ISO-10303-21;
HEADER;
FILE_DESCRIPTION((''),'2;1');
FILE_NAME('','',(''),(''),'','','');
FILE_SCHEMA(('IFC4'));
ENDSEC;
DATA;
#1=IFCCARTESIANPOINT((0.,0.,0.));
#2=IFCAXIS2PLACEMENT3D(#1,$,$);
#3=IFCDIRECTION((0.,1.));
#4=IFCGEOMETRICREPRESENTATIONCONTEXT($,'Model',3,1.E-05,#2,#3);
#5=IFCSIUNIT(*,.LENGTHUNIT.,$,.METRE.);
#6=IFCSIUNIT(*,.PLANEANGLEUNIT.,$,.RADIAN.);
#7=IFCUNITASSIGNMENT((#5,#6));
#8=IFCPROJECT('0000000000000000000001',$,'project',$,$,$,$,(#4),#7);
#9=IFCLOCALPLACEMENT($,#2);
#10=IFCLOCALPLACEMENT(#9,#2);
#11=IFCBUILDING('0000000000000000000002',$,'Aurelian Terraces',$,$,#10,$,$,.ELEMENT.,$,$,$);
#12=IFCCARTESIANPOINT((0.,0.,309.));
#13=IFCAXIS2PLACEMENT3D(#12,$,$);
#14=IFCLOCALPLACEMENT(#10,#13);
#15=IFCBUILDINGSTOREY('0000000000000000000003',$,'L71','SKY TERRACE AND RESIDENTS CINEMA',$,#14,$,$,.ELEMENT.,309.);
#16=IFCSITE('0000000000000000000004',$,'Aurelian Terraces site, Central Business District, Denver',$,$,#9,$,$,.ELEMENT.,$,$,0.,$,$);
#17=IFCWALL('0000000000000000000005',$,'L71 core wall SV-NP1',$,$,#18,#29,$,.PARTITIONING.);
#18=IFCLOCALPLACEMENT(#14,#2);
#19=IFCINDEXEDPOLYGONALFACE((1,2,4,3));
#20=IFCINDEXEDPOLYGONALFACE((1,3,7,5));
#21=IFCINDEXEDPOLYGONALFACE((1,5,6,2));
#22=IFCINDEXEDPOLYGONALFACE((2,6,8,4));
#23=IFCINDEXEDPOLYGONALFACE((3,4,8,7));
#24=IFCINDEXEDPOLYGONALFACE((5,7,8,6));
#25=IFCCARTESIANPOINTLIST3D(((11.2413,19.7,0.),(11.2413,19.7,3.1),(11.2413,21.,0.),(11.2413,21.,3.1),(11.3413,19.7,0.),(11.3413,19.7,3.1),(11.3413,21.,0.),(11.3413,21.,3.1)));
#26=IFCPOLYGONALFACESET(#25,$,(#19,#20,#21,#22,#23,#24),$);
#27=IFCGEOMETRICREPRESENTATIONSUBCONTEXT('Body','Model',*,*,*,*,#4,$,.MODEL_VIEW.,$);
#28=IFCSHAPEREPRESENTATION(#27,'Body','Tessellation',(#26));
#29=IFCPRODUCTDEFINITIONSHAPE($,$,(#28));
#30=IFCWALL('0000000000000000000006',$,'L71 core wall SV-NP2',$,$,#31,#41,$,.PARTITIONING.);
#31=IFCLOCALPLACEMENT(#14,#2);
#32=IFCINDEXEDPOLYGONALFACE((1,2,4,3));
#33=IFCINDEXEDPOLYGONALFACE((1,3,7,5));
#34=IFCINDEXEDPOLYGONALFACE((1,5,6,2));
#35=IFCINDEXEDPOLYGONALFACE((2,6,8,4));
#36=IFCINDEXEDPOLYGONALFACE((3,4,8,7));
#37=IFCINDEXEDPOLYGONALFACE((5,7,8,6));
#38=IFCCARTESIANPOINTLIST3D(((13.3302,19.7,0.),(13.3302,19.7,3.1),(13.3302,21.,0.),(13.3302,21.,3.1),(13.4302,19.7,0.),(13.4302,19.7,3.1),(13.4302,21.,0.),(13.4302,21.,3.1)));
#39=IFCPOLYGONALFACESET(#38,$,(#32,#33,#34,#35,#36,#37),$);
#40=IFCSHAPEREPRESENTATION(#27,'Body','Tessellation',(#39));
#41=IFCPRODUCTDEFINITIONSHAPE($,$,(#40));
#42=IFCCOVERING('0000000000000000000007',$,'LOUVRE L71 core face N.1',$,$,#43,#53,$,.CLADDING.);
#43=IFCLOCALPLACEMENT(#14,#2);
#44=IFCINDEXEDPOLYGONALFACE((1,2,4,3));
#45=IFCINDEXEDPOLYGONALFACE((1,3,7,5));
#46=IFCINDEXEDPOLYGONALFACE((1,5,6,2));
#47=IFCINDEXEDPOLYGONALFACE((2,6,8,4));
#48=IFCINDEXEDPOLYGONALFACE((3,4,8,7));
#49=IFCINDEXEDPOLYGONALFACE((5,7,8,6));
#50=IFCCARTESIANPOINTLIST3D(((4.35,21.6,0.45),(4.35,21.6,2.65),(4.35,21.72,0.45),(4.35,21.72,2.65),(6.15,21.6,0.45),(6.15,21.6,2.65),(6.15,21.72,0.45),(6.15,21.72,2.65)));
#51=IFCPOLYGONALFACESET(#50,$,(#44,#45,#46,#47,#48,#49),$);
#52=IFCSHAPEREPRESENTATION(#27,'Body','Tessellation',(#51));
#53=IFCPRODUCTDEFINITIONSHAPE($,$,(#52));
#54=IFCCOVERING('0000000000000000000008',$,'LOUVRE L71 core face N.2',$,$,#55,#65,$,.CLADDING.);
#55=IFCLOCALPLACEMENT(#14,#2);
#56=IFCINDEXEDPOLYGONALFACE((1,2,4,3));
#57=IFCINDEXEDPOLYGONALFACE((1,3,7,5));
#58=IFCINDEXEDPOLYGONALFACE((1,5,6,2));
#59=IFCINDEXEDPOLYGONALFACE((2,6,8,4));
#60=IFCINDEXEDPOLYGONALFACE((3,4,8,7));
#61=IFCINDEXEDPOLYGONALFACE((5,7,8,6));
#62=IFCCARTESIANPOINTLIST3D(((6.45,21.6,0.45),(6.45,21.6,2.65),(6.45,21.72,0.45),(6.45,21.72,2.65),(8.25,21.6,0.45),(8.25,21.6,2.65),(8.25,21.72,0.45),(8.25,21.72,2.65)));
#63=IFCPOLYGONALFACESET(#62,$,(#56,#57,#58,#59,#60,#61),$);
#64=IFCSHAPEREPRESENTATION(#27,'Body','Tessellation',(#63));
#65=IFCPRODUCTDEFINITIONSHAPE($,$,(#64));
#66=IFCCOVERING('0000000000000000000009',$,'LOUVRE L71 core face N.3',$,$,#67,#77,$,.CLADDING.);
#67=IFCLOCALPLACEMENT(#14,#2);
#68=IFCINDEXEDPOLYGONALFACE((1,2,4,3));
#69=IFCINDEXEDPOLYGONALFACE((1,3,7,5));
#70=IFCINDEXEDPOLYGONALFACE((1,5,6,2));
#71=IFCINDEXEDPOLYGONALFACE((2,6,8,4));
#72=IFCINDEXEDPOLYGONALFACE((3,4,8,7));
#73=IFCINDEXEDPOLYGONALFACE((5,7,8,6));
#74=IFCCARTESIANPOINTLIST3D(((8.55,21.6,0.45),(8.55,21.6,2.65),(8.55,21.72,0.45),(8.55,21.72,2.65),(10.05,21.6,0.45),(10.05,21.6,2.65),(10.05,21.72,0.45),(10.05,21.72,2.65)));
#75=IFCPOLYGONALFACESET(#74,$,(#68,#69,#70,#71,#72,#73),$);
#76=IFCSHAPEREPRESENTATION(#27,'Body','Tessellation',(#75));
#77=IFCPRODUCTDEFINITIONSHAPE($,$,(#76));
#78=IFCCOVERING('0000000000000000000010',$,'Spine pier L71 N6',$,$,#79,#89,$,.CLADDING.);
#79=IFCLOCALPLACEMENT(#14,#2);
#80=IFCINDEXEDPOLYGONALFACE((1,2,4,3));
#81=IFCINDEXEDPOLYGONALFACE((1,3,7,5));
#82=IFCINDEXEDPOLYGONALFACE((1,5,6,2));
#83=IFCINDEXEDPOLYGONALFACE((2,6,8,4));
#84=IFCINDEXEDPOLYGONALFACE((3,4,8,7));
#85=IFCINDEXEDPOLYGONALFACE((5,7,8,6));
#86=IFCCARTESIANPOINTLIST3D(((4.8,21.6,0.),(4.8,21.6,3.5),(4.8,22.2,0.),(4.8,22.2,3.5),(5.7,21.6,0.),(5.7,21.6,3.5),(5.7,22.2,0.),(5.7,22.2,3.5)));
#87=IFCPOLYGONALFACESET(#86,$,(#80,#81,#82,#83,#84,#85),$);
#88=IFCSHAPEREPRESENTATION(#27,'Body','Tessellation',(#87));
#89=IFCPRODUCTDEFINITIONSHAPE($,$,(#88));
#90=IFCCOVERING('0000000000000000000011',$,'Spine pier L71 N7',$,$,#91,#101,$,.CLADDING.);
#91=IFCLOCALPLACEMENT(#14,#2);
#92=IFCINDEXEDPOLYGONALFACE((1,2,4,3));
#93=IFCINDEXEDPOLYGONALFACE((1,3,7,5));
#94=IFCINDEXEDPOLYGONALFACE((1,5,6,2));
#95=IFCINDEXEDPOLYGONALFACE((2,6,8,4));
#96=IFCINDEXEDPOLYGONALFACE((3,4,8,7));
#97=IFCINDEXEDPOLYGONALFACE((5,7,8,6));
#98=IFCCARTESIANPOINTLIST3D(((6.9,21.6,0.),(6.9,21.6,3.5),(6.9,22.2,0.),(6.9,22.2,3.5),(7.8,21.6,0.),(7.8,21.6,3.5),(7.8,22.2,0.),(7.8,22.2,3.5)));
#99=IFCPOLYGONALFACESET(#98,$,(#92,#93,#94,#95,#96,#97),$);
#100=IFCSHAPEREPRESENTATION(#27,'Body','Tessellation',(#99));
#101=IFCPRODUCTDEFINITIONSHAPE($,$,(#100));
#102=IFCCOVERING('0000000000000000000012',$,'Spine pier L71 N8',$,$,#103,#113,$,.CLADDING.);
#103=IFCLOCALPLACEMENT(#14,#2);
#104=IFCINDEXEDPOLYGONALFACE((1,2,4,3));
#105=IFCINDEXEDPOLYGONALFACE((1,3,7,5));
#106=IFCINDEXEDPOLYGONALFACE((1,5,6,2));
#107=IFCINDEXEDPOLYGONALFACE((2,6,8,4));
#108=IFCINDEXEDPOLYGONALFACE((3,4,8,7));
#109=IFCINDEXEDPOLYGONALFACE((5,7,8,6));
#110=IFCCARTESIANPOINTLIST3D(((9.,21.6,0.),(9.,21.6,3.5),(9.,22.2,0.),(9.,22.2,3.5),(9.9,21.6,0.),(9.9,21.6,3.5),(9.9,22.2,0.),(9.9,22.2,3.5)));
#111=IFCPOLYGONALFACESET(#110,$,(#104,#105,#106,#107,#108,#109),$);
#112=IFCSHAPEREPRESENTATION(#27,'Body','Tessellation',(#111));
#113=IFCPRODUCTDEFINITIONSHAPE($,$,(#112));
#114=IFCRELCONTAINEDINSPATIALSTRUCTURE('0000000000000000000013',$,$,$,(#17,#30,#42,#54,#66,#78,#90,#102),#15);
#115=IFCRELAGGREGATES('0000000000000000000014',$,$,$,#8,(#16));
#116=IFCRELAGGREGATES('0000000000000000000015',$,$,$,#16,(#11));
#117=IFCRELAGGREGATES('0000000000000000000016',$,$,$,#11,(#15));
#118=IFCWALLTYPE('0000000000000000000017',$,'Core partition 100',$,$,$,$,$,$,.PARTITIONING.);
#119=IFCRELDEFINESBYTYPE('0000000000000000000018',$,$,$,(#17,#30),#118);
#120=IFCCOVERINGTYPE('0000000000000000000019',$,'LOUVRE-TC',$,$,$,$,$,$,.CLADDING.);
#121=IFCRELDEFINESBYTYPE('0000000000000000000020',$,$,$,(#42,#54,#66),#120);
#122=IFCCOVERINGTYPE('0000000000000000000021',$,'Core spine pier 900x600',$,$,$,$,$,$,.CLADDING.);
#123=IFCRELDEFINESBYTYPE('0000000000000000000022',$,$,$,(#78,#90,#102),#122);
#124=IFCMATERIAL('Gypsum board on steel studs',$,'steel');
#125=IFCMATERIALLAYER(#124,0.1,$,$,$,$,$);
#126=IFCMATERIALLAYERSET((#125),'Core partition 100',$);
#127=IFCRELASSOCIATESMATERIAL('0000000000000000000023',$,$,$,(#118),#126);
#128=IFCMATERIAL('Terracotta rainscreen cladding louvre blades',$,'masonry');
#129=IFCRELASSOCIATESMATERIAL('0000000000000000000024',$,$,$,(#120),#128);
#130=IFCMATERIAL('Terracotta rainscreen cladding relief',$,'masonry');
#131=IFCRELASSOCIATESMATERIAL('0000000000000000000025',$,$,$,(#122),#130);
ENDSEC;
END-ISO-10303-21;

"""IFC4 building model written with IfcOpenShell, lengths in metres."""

from ifc_helpers import new_model, si_unit, direction, frame, frame_2d, origin, origin_2d, place, context, subcontext, project, spatial, rectangle, extrude, source, transform, mapped, material, layer, layer_set, type_object, element, save


model = new_model("IFC4")

# Units and contexts
model_context = context("Model", 3, precision=1e-05, world=origin(), true_north=direction((0.0, 1.0)))
body_context = subcontext(model_context, "Body", "Model", "MODEL_VIEW")
ifc_project = project(units=[si_unit("LENGTHUNIT", "METRE"), si_unit("PLANEANGLEUNIT", "RADIAN")], contexts=[model_context])

# Site, building, storey
site_placement = place(None, origin())
site = spatial("IfcSite", under=ifc_project, at=site_placement, Name="Aurelian Terraces site, Central Business District, Denver", CompositionType="ELEMENT", RefElevation=0.0)
building_placement = place(site_placement, origin())
building = spatial("IfcBuilding", under=site, at=building_placement, Name="Aurelian Terraces", CompositionType="ELEMENT")
storey_placement = place(building_placement, frame((0.0, 0.0, 309.0)))
storey = spatial("IfcBuildingStorey", under=building, at=storey_placement, Name="L71", Description="SKY TERRACE AND RESIDENTS CINEMA", CompositionType="ELEMENT", Elevation=309.0)

# Walls
ifc_material_1 = material(Name="Gypsum board on steel studs", Category="steel")
ifc_layer_1 = layer(ifc_material_1, 0.1)
ifc_layer_set_1 = layer_set([ifc_layer_1], Name="Core partition 100")
wall_type_1 = type_object("IfcWallType", Name="Core partition 100", PredefinedType="PARTITIONING", material=ifc_layer_set_1)
shared_shape_1 = source(origin(), body_context, "Body", "SweptSolid", [
    extrude(rectangle(XDim=1.3, YDim=0.1, at=frame_2d((0.65, 0.0))), origin(), (0.0, 0.0, 1.0), 3.1),
])
for number, where, z_axis, x_axis, name in (
    (1, (11.2913, 19.7, 0.0), (0.0, 0.0, 1.0), (0.0, 1.0, 0.0), "L71 core wall SV-NP1"),
    (2, (13.3802, 19.7, 0.0), (0.0, 0.0, 1.0), (0.0, 1.0, 0.0), "L71 core wall SV-NP2"),
):
    element("IfcWall", number, at=place(storey_placement, frame(where, z_axis=z_axis, x_axis=x_axis)), inside=storey, type_object=wall_type_1, Name=name, PredefinedType="PARTITIONING", context=body_context, shape_type="MappedRepresentation", body=[
        mapped(shared_shape_1, transform((0.0, 0.0, 0.0), scale=1.0)),
    ])

# Coverings
ifc_material_2 = material(Name="Terracotta rainscreen cladding louvre blades", Category="masonry")
covering_type_1 = type_object("IfcCoveringType", Name="LOUVRE-TC", PredefinedType="CLADDING", material=ifc_material_2)
shared_shape_2 = source(origin(), body_context, "Body", "SweptSolid", [
    extrude(rectangle(XDim=1.8, YDim=0.12, at=origin_2d()), origin(), (0.0, 0.0, 1.0), 2.2),
])
for number, where, z_axis, x_axis, name in (
    (3, (5.25, 21.66, 0.45), (0.0, 0.0, 1.0), (1.0, 0.0, 0.0), "LOUVRE L71 core face N.1"),
    (4, (7.35, 21.66, 0.45), (0.0, 0.0, 1.0), (1.0, 0.0, 0.0), "LOUVRE L71 core face N.2"),
):
    element("IfcCovering", number, at=place(storey_placement, frame(where, z_axis=z_axis, x_axis=x_axis)), inside=storey, type_object=covering_type_1, Name=name, PredefinedType="CLADDING", context=body_context, shape_type="MappedRepresentation", body=[
        mapped(shared_shape_2, transform((0.0, 0.0, 0.0), scale=1.0)),
    ])
shared_shape_3 = source(origin(), body_context, "Body", "SweptSolid", [
    extrude(rectangle(XDim=1.5, YDim=0.12, at=origin_2d()), origin(), (0.0, 0.0, 1.0), 2.2),
])
covering_placement = place(storey_placement, frame((9.3, 21.66, 0.45), z_axis=(0.0, 0.0, 1.0), x_axis=(1.0, 0.0, 0.0)))
element("IfcCovering", 5, at=covering_placement, inside=storey, type_object=covering_type_1, Name="LOUVRE L71 core face N.3", PredefinedType="CLADDING", context=body_context, shape_type="MappedRepresentation", body=[
    mapped(shared_shape_3, transform((0.0, 0.0, 0.0), scale=1.0)),
])

# Coverings
ifc_material_3 = material(Name="Terracotta rainscreen cladding relief", Category="masonry")
covering_type_2 = type_object("IfcCoveringType", Name="Core spine pier 900x600", PredefinedType="CLADDING", material=ifc_material_3)
shared_shape_4 = source(origin(), body_context, "Body", "SweptSolid", [
    extrude(rectangle(XDim=0.9, YDim=0.6, at=origin_2d()), origin(), (0.0, 0.0, 1.0), 3.5),
])
for number, where, z_axis, x_axis, name in (
    (6, (5.25, 21.9, 0.0), (0.0, 0.0, 1.0), (1.0, 0.0, 0.0), "Spine pier L71 N6"),
    (7, (7.35, 21.9, 0.0), (0.0, 0.0, 1.0), (1.0, 0.0, 0.0), "Spine pier L71 N7"),
    (8, (9.45, 21.9, 0.0), (0.0, 0.0, 1.0), (1.0, 0.0, 0.0), "Spine pier L71 N8"),
):
    element("IfcCovering", number, at=place(storey_placement, frame(where, z_axis=z_axis, x_axis=x_axis)), inside=storey, type_object=covering_type_2, Name=name, PredefinedType="CLADDING", context=body_context, shape_type="MappedRepresentation", body=[
        mapped(shared_shape_4, transform((0.0, 0.0, 0.0), scale=1.0)),
    ])

save(model, "model.ifc")
